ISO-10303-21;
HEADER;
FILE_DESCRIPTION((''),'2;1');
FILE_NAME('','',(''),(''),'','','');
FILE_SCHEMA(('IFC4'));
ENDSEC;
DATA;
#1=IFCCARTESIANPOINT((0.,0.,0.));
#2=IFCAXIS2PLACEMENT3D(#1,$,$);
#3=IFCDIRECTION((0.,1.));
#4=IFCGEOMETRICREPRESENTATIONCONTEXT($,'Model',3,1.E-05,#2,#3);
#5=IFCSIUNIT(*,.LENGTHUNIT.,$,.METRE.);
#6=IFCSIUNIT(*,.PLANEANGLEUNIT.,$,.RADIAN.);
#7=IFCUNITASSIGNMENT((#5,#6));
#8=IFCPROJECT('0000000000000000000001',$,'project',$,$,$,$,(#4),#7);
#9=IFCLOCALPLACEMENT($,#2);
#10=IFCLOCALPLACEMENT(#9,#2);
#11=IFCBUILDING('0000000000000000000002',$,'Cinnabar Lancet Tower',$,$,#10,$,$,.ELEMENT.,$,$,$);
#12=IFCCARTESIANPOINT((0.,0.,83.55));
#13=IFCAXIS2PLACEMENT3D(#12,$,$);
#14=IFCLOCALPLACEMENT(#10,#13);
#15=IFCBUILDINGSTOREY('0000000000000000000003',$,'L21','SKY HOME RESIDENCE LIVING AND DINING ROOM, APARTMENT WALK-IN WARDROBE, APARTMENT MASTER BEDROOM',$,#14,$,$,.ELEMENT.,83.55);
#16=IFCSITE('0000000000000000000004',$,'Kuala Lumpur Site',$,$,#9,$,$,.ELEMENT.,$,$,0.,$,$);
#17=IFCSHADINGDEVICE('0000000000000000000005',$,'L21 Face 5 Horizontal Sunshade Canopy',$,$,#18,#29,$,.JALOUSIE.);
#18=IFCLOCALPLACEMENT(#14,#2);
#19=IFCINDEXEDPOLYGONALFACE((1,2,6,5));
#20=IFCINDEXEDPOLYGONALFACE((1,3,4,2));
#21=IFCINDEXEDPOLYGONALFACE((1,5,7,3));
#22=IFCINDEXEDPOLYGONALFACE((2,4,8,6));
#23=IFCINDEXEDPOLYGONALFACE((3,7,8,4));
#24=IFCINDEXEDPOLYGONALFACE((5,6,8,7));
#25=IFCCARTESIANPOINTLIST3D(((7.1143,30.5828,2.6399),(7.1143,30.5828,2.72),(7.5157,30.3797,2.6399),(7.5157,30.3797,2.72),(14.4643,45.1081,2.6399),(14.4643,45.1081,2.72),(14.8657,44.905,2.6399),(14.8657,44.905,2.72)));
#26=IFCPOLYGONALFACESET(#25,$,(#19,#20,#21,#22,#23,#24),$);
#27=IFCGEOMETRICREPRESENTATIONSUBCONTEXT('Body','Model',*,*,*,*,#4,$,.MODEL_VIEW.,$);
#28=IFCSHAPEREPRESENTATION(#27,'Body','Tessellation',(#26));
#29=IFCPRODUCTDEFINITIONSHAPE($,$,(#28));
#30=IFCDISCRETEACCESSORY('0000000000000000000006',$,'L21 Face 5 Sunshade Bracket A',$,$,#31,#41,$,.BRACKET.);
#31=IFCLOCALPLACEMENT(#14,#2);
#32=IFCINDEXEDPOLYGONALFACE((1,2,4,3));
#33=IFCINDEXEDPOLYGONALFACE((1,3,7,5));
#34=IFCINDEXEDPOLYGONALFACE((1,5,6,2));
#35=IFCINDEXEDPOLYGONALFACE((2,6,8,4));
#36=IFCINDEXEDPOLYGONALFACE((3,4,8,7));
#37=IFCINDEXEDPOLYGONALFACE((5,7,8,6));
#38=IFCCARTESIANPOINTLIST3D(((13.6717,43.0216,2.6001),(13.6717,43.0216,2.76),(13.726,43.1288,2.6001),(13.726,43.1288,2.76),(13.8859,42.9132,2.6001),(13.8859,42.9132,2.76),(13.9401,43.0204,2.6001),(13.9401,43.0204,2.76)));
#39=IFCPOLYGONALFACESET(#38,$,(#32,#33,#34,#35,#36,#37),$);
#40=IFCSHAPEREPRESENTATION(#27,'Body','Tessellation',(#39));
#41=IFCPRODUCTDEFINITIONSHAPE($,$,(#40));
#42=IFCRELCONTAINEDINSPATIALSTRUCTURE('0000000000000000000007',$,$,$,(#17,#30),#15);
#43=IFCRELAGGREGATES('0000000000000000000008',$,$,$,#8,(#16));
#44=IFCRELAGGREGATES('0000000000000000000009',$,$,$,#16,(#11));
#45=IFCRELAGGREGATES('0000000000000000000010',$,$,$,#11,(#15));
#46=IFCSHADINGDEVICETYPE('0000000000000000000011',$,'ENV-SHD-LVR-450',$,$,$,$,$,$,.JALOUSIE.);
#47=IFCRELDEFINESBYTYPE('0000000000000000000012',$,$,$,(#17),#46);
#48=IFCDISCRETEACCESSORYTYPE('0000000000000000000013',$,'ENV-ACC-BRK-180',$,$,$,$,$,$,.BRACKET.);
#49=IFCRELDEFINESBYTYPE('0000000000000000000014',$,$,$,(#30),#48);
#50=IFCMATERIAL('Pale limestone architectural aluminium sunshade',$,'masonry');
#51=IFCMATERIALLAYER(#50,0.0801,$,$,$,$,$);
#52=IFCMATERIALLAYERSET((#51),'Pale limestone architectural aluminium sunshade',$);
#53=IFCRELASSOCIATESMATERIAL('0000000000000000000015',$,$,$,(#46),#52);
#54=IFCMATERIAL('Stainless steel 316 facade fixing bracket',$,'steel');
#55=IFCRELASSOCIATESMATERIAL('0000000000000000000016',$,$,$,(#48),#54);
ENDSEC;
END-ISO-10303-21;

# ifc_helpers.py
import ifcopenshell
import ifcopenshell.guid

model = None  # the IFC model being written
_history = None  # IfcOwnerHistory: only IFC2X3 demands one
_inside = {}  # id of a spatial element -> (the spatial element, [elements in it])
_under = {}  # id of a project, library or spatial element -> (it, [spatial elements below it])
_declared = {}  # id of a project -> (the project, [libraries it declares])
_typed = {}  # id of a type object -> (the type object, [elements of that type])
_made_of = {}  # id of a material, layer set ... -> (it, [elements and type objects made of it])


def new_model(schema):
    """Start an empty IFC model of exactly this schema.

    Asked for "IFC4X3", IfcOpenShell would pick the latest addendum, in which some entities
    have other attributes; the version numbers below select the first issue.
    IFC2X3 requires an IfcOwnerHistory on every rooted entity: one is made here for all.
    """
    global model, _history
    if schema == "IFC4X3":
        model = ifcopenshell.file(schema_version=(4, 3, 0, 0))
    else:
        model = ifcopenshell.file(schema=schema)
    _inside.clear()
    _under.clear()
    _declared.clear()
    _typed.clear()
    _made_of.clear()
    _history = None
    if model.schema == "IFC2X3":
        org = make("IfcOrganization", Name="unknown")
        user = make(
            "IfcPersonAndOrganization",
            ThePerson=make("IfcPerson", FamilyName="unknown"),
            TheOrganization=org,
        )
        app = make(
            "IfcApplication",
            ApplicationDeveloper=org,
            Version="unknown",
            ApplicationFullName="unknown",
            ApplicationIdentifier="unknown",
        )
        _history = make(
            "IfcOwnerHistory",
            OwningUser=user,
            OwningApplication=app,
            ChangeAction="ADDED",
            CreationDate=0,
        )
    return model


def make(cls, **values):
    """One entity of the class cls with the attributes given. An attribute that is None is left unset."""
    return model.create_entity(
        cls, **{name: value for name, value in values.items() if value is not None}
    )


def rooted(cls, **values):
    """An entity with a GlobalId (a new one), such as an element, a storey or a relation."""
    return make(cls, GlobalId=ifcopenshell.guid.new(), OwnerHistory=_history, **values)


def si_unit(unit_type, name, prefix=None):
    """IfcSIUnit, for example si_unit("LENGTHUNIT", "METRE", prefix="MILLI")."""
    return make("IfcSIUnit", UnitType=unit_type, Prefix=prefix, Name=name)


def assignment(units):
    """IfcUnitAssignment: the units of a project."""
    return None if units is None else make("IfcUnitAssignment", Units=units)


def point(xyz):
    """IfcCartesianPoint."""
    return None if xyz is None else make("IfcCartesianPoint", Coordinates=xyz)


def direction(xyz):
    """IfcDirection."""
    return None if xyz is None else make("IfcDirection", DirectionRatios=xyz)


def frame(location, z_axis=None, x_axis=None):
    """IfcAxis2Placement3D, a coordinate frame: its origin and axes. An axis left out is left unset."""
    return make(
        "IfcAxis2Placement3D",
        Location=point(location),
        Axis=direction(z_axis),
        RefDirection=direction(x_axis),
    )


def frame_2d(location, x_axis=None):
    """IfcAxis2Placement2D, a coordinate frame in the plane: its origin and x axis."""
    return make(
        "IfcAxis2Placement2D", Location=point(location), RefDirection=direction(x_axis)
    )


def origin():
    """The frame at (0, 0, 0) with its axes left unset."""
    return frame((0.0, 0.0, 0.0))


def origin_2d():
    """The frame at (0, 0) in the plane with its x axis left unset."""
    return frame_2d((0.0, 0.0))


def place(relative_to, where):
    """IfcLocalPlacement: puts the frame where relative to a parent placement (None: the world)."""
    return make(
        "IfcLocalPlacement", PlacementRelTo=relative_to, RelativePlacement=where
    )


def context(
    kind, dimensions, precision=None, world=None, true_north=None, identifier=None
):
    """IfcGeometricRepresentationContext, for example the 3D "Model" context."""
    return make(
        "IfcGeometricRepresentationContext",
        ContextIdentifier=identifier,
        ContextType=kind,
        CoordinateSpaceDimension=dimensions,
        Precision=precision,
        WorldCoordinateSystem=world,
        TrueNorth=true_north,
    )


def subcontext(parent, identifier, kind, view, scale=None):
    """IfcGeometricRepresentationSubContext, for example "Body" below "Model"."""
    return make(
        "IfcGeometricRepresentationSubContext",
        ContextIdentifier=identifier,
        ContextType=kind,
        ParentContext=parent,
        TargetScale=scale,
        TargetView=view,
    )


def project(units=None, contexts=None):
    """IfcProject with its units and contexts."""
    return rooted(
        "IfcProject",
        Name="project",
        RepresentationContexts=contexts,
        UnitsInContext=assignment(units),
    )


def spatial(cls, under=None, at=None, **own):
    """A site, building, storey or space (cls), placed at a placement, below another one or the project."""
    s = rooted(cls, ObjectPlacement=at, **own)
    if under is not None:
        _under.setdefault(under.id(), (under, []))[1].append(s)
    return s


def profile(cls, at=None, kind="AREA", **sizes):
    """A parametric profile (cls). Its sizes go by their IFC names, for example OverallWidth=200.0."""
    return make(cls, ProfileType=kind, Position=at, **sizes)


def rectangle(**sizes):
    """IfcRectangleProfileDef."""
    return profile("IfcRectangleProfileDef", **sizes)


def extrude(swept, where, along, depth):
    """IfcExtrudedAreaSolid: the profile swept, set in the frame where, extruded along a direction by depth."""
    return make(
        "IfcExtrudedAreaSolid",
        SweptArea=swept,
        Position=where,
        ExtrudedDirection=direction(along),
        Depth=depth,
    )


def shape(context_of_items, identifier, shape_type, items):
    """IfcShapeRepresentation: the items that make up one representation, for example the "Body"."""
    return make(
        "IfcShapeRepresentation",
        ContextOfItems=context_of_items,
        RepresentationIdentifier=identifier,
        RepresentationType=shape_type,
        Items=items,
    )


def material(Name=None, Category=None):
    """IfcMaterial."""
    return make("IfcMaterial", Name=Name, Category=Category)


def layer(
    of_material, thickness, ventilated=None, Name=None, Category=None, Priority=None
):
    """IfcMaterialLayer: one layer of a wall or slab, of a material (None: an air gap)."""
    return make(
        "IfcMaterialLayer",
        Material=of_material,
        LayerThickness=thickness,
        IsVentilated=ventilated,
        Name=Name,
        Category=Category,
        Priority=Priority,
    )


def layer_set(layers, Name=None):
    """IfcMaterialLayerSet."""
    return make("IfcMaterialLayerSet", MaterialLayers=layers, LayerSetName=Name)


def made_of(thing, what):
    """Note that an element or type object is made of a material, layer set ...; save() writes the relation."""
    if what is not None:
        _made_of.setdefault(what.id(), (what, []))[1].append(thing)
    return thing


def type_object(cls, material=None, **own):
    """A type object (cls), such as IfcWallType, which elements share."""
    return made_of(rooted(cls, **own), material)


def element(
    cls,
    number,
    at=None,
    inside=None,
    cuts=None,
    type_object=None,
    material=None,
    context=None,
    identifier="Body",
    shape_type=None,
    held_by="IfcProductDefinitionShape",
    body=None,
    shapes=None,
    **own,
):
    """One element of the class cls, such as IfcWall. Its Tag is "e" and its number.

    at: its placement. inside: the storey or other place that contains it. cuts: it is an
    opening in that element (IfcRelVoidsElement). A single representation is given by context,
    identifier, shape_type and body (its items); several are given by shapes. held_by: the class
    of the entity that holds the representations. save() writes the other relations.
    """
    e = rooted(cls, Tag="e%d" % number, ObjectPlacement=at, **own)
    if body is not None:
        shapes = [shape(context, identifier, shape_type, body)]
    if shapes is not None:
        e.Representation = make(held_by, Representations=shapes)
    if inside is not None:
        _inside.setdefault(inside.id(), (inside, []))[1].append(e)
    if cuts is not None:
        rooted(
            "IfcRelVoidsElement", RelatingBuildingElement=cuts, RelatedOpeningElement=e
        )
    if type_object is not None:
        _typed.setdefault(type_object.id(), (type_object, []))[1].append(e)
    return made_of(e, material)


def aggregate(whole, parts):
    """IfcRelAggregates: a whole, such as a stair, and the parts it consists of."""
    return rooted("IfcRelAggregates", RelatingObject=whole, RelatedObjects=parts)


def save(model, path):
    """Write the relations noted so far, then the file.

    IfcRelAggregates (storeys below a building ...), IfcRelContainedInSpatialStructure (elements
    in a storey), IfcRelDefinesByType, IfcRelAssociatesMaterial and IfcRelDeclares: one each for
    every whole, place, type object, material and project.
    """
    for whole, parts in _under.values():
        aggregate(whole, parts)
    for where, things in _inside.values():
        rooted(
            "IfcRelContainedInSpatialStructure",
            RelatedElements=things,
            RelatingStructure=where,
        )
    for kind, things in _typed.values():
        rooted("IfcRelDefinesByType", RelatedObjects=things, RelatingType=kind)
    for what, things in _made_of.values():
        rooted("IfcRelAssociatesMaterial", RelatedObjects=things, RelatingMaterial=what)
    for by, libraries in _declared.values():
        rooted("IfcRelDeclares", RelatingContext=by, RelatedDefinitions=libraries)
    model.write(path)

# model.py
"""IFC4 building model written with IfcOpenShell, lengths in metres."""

from ifc_helpers import new_model, si_unit, direction, frame, origin, origin_2d, place, context, subcontext, project, spatial, rectangle, extrude, material, layer, layer_set, type_object, element, save


model = new_model("IFC4")

# Units and contexts
model_context = context("Model", 3, precision=1e-05, world=origin(), true_north=direction((0.0, 1.0)))
body_context = subcontext(model_context, "Body", "Model", "MODEL_VIEW")
ifc_project = project(units=[si_unit("LENGTHUNIT", "METRE"), si_unit("PLANEANGLEUNIT", "RADIAN")], contexts=[model_context])

# Site, building, storey
site_placement = place(None, origin())
site = spatial("IfcSite", under=ifc_project, at=site_placement, Name="Kuala Lumpur Site", CompositionType="ELEMENT", RefElevation=0.0)
building_placement = place(site_placement, origin())
building = spatial("IfcBuilding", under=site, at=building_placement, Name="Cinnabar Lancet Tower", CompositionType="ELEMENT")
storey_placement = place(building_placement, frame((0.0, 0.0, 83.55)))
storey = spatial("IfcBuildingStorey", under=building, at=storey_placement, Name="L21", Description="SKY HOME RESIDENCE LIVING AND DINING ROOM, APARTMENT WALK-IN WARDROBE, APARTMENT MASTER BEDROOM", CompositionType="ELEMENT", Elevation=83.55)

# Shading device
ifc_material_1 = material(Name="Pale limestone architectural aluminium sunshade", Category="masonry")
ifc_layer_1 = layer(ifc_material_1, 0.0801)
ifc_layer_set_1 = layer_set([ifc_layer_1], Name="Pale limestone architectural aluminium sunshade")
shading_device_type = type_object("IfcShadingDeviceType", Name="ENV-SHD-LVR-450", PredefinedType="JALOUSIE", material=ifc_layer_set_1)
shading_device_placement = place(storey_placement, frame((10.99, 37.7439, 2.6399), z_axis=(0.0, 0.0, 1.0), x_axis=(-0.451501, -0.892271, 0.0)))
element("IfcShadingDevice", 1, at=shading_device_placement, inside=storey, type_object=shading_device_type, Name="L21 Face 5 Horizontal Sunshade Canopy", PredefinedType="JALOUSIE", context=body_context, shape_type="SweptSolid", body=[
    extrude(rectangle(XDim=16.2791, YDim=0.45, at=origin_2d()), origin(), (0.0, 0.0, 1.0), 0.0801),
])

# Discrete accessory
ifc_material_2 = material(Name="Stainless steel 316 facade fixing bracket", Category="steel")
discrete_accessory_type = type_object("IfcDiscreteAccessoryType", Name="ENV-ACC-BRK-180", PredefinedType="BRACKET", material=ifc_material_2)
discrete_accessory_placement = place(storey_placement, frame((13.8059, 43.021, 2.6001), z_axis=(0.0, 0.0, 1.0), x_axis=(-0.451501, -0.892271, 0.0)))
element("IfcDiscreteAccessory", 2, at=discrete_accessory_placement, inside=storey, type_object=discrete_accessory_type, Name="L21 Face 5 Sunshade Bracket A", PredefinedType="BRACKET", context=body_context, shape_type="SweptSolid", body=[
    extrude(rectangle(XDim=0.1201, YDim=0.24, at=origin_2d()), origin(), (0.0, 0.0, 1.0), 0.1599),
])

save(model, "model.ifc")
